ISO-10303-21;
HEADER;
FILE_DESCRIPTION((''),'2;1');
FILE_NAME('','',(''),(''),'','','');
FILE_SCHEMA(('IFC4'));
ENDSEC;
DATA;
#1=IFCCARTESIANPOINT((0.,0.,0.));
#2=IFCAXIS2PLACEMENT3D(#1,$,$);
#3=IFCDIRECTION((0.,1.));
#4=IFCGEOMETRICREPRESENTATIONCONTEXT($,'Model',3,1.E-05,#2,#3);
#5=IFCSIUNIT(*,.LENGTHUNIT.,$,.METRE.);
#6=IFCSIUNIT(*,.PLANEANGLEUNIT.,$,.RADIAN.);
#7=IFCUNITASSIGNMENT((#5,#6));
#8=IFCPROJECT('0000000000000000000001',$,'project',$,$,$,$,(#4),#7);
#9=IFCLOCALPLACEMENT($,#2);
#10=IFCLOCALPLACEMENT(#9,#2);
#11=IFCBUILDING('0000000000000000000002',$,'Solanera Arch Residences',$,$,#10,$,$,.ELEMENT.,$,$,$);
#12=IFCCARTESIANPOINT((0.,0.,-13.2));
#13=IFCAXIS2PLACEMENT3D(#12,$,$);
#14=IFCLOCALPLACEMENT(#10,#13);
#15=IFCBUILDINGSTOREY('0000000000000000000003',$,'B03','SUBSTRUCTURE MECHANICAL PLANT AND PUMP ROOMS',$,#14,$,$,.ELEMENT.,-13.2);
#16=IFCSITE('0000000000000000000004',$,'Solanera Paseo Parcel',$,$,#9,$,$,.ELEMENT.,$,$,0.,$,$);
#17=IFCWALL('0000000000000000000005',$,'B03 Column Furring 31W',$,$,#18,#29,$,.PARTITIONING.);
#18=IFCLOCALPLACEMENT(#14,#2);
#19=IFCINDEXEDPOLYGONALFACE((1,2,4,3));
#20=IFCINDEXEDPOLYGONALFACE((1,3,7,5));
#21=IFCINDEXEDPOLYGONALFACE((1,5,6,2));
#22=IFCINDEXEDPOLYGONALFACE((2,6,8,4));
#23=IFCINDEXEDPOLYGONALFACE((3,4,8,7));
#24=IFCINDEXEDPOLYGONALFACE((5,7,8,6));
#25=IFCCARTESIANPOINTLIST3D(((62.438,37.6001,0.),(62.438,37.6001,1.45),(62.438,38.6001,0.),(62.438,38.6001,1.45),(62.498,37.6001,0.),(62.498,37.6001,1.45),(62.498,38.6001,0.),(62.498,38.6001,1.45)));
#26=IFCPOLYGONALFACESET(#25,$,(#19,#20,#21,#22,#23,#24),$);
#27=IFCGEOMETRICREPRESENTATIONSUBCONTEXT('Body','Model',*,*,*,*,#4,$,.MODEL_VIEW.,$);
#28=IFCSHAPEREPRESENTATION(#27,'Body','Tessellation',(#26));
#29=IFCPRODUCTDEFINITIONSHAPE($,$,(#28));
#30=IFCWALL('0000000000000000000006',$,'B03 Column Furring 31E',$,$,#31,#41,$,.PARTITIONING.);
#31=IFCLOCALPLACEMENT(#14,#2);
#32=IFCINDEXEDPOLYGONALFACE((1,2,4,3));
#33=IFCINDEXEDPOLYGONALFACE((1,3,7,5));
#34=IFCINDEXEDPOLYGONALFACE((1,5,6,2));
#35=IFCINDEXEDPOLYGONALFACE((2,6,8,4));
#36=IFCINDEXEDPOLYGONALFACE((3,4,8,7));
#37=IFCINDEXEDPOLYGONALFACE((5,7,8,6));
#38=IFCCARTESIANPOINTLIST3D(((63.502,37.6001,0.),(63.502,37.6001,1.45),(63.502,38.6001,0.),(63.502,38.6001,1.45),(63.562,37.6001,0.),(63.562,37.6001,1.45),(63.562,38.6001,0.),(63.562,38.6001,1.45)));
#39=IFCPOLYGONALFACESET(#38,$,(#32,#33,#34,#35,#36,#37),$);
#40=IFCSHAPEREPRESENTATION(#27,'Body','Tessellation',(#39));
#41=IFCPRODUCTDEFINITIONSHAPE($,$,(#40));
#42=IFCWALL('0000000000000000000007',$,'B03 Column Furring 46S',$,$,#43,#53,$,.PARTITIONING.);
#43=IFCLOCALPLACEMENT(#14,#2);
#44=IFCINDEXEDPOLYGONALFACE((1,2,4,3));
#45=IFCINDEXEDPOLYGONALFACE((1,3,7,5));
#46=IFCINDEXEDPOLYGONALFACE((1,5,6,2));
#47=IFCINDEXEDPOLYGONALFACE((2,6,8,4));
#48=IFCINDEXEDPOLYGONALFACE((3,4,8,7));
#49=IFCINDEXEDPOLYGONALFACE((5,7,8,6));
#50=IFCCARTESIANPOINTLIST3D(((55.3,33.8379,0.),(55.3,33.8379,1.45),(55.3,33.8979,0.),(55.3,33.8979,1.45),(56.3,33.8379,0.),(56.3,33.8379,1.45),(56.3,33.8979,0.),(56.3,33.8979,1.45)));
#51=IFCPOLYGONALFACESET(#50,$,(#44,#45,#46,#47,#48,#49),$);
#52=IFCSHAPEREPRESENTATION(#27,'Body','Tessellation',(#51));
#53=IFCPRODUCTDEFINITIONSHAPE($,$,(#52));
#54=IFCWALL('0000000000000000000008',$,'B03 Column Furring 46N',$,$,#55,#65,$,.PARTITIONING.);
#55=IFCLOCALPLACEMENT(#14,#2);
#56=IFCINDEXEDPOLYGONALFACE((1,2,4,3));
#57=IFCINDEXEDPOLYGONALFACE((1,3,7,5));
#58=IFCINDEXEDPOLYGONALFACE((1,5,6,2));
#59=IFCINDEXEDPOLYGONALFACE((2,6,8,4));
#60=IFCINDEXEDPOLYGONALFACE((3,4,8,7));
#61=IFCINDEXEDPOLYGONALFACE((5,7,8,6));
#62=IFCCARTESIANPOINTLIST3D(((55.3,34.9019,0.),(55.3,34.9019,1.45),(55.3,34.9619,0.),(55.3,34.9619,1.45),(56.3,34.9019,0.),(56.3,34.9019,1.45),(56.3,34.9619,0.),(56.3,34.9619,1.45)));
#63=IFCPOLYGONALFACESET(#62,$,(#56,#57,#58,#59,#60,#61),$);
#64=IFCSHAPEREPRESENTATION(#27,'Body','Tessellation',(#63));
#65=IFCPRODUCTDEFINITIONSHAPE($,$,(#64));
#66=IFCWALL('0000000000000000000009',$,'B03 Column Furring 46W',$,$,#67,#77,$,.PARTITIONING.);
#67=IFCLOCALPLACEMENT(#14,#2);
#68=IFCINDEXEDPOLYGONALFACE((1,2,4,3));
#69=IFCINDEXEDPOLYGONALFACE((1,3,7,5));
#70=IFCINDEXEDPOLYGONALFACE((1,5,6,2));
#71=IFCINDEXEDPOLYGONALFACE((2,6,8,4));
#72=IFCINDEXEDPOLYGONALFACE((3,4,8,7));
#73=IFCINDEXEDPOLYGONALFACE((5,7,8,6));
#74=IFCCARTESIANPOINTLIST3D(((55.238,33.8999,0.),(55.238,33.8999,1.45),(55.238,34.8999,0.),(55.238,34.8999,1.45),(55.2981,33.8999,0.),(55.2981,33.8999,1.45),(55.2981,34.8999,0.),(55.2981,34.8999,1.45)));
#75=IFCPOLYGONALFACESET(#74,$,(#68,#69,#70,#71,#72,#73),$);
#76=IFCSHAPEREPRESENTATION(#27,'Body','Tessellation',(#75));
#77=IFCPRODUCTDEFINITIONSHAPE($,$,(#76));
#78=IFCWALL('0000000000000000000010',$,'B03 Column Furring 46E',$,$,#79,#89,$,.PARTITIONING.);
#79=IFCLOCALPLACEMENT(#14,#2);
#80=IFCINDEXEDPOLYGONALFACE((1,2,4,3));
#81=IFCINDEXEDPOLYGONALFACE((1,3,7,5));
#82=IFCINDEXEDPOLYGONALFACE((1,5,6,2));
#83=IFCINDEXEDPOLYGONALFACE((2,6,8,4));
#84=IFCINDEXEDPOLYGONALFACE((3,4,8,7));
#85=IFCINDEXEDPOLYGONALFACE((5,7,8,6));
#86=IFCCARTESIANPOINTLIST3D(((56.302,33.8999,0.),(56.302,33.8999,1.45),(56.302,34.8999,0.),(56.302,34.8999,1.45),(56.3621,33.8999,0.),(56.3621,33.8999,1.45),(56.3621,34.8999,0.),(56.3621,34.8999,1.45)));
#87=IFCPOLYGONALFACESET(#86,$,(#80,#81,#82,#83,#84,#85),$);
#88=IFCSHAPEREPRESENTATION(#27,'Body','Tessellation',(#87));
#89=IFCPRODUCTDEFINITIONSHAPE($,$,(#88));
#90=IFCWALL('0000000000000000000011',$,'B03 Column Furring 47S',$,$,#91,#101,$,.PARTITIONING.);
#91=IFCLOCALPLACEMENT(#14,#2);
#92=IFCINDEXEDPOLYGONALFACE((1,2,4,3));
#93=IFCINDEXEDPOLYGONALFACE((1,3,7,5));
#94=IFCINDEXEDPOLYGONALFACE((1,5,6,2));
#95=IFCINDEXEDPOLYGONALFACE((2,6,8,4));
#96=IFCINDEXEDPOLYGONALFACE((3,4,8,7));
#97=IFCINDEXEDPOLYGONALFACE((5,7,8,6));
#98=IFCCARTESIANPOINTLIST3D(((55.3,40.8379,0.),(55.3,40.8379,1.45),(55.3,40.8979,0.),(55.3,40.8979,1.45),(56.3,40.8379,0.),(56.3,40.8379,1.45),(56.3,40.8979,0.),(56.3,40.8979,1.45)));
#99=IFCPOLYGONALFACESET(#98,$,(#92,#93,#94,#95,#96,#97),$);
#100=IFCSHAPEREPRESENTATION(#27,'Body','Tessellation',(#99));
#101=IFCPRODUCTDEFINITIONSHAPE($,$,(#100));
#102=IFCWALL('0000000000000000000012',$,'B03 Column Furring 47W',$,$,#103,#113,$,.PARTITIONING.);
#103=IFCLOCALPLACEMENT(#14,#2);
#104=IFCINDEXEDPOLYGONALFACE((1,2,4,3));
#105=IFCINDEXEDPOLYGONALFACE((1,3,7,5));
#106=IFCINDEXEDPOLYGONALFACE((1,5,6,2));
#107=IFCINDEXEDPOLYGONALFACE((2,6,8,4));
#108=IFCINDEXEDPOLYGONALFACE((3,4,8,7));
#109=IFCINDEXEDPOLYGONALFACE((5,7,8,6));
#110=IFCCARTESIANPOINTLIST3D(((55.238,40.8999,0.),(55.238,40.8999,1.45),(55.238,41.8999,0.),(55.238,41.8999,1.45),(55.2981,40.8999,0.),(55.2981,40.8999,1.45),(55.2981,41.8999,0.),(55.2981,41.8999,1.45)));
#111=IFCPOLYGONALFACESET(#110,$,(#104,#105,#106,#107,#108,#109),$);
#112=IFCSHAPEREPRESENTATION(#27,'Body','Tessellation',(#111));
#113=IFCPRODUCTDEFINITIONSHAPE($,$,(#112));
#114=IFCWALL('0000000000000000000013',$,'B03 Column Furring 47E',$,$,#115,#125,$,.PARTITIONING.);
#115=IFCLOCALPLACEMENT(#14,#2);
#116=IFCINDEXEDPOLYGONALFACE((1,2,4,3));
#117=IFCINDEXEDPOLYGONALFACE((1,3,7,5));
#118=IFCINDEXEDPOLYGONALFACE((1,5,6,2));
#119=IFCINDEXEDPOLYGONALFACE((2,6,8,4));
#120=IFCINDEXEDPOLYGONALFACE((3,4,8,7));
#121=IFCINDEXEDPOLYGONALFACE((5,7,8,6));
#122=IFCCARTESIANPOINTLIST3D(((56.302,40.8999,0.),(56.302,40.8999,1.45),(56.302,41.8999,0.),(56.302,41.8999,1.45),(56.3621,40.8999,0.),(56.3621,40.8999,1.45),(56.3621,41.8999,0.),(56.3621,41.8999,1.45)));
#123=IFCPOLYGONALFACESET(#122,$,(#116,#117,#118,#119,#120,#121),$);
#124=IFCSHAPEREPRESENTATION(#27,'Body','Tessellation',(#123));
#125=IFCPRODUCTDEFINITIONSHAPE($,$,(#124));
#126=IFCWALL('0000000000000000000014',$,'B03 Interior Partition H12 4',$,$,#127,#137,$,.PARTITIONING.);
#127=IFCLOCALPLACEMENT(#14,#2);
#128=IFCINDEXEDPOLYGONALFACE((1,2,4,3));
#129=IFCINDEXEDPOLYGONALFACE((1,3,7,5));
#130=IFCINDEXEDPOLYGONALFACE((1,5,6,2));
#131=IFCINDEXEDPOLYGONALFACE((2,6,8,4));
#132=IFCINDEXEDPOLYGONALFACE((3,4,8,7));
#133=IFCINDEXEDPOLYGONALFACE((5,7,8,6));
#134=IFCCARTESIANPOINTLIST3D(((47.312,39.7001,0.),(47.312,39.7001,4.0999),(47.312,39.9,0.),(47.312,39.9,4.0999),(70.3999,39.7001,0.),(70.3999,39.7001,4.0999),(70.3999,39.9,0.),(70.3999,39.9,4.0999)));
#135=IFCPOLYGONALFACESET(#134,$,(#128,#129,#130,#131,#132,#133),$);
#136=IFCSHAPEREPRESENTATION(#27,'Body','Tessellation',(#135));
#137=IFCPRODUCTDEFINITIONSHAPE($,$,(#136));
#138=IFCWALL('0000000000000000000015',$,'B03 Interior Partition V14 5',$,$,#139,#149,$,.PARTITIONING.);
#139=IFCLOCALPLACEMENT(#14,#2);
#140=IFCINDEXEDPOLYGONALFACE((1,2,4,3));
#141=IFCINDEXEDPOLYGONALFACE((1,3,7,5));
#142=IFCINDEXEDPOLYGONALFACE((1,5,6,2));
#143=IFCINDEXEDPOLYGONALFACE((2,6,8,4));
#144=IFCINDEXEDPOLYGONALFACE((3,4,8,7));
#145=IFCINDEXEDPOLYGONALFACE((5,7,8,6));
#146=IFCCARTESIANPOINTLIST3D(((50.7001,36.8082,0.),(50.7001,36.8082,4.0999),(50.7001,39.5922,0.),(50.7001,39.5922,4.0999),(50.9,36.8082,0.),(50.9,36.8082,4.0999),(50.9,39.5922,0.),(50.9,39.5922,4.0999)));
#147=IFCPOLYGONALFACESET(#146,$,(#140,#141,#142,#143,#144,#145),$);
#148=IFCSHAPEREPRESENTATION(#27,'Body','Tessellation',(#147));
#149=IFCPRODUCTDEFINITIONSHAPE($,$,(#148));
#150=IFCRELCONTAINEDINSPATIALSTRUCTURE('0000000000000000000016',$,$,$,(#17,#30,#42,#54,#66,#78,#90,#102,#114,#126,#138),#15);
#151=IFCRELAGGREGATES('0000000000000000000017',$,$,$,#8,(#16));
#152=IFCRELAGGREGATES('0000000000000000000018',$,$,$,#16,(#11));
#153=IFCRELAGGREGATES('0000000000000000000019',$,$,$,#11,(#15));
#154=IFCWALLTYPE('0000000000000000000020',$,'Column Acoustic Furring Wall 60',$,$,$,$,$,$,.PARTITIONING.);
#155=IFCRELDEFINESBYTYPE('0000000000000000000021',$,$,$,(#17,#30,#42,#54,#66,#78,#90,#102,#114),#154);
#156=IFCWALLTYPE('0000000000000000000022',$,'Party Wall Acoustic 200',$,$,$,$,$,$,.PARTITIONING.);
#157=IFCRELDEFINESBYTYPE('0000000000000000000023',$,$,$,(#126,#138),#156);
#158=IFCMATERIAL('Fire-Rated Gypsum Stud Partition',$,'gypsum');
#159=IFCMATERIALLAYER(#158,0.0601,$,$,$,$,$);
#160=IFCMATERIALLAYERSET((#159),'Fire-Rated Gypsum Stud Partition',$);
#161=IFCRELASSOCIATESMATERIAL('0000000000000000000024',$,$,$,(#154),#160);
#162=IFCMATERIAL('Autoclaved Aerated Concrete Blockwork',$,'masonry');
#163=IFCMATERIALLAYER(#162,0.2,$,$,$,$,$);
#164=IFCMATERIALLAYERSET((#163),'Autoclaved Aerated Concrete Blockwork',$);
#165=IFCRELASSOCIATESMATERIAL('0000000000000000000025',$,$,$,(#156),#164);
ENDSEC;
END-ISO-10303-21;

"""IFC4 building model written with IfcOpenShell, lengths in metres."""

from ifc_helpers import new_model, si_unit, direction, frame, frame_2d, origin, place, context, subcontext, project, spatial, rectangle, extrude, material, layer, layer_set, type_object, element, save


model = new_model("IFC4")

# Units and contexts
model_context = context("Model", 3, precision=1e-05, world=origin(), true_north=direction((0.0, 1.0)))
body_context = subcontext(model_context, "Body", "Model", "MODEL_VIEW")
ifc_project = project(units=[si_unit("LENGTHUNIT", "METRE"), si_unit("PLANEANGLEUNIT", "RADIAN")], contexts=[model_context])

# Site, building, storey
site_placement = place(None, origin())
site = spatial("IfcSite", under=ifc_project, at=site_placement, Name="Solanera Paseo Parcel", CompositionType="ELEMENT", RefElevation=0.0)
building_placement = place(site_placement, origin())
building = spatial("IfcBuilding", under=site, at=building_placement, Name="Solanera Arch Residences", CompositionType="ELEMENT")
storey_placement = place(building_placement, frame((0.0, 0.0, -13.2)))
storey = spatial("IfcBuildingStorey", under=building, at=storey_placement, Name="B03", Description="SUBSTRUCTURE MECHANICAL PLANT AND PUMP ROOMS", CompositionType="ELEMENT", Elevation=-13.2)

# Walls
ifc_material_1 = material(Name="Fire-Rated Gypsum Stud Partition", Category="gypsum")
ifc_layer_1 = layer(ifc_material_1, 0.0601)
ifc_layer_set_1 = layer_set([ifc_layer_1], Name="Fire-Rated Gypsum Stud Partition")
wall_type_1 = type_object("IfcWallType", Name="Column Acoustic Furring Wall 60", PredefinedType="PARTITIONING", material=ifc_layer_set_1)
for number, where, z_axis, x_axis, name in (
    (1, (62.468, 37.6001, 0.0), (0.0, 0.0, 1.0), (0.0, 1.0, 0.0), "B03 Column Furring 31W"),
    (2, (63.532, 37.6001, 0.0), (0.0, 0.0, 1.0), (0.0, 1.0, 0.0), "B03 Column Furring 31E"),
    (3, (55.3, 33.8679, 0.0), (0.0, 0.0, 1.0), (1.0, 0.0, 0.0), "B03 Column Furring 46S"),
    (4, (55.3, 34.9319, 0.0), (0.0, 0.0, 1.0), (1.0, 0.0, 0.0), "B03 Column Furring 46N"),
    (5, (55.2681, 33.8999, 0.0), (0.0, 0.0, 1.0), (0.0, 1.0, 0.0), "B03 Column Furring 46W"),
    (6, (56.332, 33.8999, 0.0), (0.0, 0.0, 1.0), (0.0, 1.0, 0.0), "B03 Column Furring 46E"),
    (7, (55.3, 40.8679, 0.0), (0.0, 0.0, 1.0), (1.0, 0.0, 0.0), "B03 Column Furring 47S"),
    (8, (55.2681, 40.8999, 0.0), (0.0, 0.0, 1.0), (0.0, 1.0, 0.0), "B03 Column Furring 47W"),
    (9, (56.332, 40.8999, 0.0), (0.0, 0.0, 1.0), (0.0, 1.0, 0.0), "B03 Column Furring 47E"),
):
    element("IfcWall", number, at=place(storey_placement, frame(where, z_axis=z_axis, x_axis=x_axis)), inside=storey, type_object=wall_type_1, Name=name, PredefinedType="PARTITIONING", context=body_context, shape_type="SweptSolid", body=[
        extrude(rectangle(XDim=1.0, YDim=0.0601, at=frame_2d((0.5, 0.0))), origin(), (0.0, 0.0, 1.0), 1.45),
    ])
ifc_material_2 = material(Name="Autoclaved Aerated Concrete Blockwork", Category="masonry")
ifc_layer_2 = layer(ifc_material_2, 0.2)
ifc_layer_set_2 = layer_set([ifc_layer_2], Name="Autoclaved Aerated Concrete Blockwork")
wall_type_2 = type_object("IfcWallType", Name="Party Wall Acoustic 200", PredefinedType="PARTITIONING", material=ifc_layer_set_2)
wall_1_placement = place(storey_placement, frame((47.312, 39.8, 0.0), z_axis=(0.0, 0.0, 1.0), x_axis=(1.0, 0.0, 0.0)))
element("IfcWall", 10, at=wall_1_placement, inside=storey, type_object=wall_type_2, Name="B03 Interior Partition H12 4", PredefinedType="PARTITIONING", context=body_context, shape_type="SweptSolid", body=[
    extrude(rectangle(XDim=23.0879, YDim=0.2, at=frame_2d((11.5439, 0.0))), origin(), (0.0, 0.0, 1.0), 4.0999),
])
wall_2_placement = place(storey_placement, frame((50.8, 36.8081, 0.0), z_axis=(0.0, 0.0, 1.0), x_axis=(0.0, 1.0, 0.0)))
element("IfcWall", 11, at=wall_2_placement, inside=storey, type_object=wall_type_2, Name="B03 Interior Partition V14 5", PredefinedType="PARTITIONING", context=body_context, shape_type="SweptSolid", body=[
    extrude(rectangle(XDim=2.7839, YDim=0.2, at=frame_2d((1.3921, 0.0))), origin(), (0.0, 0.0, 1.0), 4.0999),
])

save(model, "model.ifc")
